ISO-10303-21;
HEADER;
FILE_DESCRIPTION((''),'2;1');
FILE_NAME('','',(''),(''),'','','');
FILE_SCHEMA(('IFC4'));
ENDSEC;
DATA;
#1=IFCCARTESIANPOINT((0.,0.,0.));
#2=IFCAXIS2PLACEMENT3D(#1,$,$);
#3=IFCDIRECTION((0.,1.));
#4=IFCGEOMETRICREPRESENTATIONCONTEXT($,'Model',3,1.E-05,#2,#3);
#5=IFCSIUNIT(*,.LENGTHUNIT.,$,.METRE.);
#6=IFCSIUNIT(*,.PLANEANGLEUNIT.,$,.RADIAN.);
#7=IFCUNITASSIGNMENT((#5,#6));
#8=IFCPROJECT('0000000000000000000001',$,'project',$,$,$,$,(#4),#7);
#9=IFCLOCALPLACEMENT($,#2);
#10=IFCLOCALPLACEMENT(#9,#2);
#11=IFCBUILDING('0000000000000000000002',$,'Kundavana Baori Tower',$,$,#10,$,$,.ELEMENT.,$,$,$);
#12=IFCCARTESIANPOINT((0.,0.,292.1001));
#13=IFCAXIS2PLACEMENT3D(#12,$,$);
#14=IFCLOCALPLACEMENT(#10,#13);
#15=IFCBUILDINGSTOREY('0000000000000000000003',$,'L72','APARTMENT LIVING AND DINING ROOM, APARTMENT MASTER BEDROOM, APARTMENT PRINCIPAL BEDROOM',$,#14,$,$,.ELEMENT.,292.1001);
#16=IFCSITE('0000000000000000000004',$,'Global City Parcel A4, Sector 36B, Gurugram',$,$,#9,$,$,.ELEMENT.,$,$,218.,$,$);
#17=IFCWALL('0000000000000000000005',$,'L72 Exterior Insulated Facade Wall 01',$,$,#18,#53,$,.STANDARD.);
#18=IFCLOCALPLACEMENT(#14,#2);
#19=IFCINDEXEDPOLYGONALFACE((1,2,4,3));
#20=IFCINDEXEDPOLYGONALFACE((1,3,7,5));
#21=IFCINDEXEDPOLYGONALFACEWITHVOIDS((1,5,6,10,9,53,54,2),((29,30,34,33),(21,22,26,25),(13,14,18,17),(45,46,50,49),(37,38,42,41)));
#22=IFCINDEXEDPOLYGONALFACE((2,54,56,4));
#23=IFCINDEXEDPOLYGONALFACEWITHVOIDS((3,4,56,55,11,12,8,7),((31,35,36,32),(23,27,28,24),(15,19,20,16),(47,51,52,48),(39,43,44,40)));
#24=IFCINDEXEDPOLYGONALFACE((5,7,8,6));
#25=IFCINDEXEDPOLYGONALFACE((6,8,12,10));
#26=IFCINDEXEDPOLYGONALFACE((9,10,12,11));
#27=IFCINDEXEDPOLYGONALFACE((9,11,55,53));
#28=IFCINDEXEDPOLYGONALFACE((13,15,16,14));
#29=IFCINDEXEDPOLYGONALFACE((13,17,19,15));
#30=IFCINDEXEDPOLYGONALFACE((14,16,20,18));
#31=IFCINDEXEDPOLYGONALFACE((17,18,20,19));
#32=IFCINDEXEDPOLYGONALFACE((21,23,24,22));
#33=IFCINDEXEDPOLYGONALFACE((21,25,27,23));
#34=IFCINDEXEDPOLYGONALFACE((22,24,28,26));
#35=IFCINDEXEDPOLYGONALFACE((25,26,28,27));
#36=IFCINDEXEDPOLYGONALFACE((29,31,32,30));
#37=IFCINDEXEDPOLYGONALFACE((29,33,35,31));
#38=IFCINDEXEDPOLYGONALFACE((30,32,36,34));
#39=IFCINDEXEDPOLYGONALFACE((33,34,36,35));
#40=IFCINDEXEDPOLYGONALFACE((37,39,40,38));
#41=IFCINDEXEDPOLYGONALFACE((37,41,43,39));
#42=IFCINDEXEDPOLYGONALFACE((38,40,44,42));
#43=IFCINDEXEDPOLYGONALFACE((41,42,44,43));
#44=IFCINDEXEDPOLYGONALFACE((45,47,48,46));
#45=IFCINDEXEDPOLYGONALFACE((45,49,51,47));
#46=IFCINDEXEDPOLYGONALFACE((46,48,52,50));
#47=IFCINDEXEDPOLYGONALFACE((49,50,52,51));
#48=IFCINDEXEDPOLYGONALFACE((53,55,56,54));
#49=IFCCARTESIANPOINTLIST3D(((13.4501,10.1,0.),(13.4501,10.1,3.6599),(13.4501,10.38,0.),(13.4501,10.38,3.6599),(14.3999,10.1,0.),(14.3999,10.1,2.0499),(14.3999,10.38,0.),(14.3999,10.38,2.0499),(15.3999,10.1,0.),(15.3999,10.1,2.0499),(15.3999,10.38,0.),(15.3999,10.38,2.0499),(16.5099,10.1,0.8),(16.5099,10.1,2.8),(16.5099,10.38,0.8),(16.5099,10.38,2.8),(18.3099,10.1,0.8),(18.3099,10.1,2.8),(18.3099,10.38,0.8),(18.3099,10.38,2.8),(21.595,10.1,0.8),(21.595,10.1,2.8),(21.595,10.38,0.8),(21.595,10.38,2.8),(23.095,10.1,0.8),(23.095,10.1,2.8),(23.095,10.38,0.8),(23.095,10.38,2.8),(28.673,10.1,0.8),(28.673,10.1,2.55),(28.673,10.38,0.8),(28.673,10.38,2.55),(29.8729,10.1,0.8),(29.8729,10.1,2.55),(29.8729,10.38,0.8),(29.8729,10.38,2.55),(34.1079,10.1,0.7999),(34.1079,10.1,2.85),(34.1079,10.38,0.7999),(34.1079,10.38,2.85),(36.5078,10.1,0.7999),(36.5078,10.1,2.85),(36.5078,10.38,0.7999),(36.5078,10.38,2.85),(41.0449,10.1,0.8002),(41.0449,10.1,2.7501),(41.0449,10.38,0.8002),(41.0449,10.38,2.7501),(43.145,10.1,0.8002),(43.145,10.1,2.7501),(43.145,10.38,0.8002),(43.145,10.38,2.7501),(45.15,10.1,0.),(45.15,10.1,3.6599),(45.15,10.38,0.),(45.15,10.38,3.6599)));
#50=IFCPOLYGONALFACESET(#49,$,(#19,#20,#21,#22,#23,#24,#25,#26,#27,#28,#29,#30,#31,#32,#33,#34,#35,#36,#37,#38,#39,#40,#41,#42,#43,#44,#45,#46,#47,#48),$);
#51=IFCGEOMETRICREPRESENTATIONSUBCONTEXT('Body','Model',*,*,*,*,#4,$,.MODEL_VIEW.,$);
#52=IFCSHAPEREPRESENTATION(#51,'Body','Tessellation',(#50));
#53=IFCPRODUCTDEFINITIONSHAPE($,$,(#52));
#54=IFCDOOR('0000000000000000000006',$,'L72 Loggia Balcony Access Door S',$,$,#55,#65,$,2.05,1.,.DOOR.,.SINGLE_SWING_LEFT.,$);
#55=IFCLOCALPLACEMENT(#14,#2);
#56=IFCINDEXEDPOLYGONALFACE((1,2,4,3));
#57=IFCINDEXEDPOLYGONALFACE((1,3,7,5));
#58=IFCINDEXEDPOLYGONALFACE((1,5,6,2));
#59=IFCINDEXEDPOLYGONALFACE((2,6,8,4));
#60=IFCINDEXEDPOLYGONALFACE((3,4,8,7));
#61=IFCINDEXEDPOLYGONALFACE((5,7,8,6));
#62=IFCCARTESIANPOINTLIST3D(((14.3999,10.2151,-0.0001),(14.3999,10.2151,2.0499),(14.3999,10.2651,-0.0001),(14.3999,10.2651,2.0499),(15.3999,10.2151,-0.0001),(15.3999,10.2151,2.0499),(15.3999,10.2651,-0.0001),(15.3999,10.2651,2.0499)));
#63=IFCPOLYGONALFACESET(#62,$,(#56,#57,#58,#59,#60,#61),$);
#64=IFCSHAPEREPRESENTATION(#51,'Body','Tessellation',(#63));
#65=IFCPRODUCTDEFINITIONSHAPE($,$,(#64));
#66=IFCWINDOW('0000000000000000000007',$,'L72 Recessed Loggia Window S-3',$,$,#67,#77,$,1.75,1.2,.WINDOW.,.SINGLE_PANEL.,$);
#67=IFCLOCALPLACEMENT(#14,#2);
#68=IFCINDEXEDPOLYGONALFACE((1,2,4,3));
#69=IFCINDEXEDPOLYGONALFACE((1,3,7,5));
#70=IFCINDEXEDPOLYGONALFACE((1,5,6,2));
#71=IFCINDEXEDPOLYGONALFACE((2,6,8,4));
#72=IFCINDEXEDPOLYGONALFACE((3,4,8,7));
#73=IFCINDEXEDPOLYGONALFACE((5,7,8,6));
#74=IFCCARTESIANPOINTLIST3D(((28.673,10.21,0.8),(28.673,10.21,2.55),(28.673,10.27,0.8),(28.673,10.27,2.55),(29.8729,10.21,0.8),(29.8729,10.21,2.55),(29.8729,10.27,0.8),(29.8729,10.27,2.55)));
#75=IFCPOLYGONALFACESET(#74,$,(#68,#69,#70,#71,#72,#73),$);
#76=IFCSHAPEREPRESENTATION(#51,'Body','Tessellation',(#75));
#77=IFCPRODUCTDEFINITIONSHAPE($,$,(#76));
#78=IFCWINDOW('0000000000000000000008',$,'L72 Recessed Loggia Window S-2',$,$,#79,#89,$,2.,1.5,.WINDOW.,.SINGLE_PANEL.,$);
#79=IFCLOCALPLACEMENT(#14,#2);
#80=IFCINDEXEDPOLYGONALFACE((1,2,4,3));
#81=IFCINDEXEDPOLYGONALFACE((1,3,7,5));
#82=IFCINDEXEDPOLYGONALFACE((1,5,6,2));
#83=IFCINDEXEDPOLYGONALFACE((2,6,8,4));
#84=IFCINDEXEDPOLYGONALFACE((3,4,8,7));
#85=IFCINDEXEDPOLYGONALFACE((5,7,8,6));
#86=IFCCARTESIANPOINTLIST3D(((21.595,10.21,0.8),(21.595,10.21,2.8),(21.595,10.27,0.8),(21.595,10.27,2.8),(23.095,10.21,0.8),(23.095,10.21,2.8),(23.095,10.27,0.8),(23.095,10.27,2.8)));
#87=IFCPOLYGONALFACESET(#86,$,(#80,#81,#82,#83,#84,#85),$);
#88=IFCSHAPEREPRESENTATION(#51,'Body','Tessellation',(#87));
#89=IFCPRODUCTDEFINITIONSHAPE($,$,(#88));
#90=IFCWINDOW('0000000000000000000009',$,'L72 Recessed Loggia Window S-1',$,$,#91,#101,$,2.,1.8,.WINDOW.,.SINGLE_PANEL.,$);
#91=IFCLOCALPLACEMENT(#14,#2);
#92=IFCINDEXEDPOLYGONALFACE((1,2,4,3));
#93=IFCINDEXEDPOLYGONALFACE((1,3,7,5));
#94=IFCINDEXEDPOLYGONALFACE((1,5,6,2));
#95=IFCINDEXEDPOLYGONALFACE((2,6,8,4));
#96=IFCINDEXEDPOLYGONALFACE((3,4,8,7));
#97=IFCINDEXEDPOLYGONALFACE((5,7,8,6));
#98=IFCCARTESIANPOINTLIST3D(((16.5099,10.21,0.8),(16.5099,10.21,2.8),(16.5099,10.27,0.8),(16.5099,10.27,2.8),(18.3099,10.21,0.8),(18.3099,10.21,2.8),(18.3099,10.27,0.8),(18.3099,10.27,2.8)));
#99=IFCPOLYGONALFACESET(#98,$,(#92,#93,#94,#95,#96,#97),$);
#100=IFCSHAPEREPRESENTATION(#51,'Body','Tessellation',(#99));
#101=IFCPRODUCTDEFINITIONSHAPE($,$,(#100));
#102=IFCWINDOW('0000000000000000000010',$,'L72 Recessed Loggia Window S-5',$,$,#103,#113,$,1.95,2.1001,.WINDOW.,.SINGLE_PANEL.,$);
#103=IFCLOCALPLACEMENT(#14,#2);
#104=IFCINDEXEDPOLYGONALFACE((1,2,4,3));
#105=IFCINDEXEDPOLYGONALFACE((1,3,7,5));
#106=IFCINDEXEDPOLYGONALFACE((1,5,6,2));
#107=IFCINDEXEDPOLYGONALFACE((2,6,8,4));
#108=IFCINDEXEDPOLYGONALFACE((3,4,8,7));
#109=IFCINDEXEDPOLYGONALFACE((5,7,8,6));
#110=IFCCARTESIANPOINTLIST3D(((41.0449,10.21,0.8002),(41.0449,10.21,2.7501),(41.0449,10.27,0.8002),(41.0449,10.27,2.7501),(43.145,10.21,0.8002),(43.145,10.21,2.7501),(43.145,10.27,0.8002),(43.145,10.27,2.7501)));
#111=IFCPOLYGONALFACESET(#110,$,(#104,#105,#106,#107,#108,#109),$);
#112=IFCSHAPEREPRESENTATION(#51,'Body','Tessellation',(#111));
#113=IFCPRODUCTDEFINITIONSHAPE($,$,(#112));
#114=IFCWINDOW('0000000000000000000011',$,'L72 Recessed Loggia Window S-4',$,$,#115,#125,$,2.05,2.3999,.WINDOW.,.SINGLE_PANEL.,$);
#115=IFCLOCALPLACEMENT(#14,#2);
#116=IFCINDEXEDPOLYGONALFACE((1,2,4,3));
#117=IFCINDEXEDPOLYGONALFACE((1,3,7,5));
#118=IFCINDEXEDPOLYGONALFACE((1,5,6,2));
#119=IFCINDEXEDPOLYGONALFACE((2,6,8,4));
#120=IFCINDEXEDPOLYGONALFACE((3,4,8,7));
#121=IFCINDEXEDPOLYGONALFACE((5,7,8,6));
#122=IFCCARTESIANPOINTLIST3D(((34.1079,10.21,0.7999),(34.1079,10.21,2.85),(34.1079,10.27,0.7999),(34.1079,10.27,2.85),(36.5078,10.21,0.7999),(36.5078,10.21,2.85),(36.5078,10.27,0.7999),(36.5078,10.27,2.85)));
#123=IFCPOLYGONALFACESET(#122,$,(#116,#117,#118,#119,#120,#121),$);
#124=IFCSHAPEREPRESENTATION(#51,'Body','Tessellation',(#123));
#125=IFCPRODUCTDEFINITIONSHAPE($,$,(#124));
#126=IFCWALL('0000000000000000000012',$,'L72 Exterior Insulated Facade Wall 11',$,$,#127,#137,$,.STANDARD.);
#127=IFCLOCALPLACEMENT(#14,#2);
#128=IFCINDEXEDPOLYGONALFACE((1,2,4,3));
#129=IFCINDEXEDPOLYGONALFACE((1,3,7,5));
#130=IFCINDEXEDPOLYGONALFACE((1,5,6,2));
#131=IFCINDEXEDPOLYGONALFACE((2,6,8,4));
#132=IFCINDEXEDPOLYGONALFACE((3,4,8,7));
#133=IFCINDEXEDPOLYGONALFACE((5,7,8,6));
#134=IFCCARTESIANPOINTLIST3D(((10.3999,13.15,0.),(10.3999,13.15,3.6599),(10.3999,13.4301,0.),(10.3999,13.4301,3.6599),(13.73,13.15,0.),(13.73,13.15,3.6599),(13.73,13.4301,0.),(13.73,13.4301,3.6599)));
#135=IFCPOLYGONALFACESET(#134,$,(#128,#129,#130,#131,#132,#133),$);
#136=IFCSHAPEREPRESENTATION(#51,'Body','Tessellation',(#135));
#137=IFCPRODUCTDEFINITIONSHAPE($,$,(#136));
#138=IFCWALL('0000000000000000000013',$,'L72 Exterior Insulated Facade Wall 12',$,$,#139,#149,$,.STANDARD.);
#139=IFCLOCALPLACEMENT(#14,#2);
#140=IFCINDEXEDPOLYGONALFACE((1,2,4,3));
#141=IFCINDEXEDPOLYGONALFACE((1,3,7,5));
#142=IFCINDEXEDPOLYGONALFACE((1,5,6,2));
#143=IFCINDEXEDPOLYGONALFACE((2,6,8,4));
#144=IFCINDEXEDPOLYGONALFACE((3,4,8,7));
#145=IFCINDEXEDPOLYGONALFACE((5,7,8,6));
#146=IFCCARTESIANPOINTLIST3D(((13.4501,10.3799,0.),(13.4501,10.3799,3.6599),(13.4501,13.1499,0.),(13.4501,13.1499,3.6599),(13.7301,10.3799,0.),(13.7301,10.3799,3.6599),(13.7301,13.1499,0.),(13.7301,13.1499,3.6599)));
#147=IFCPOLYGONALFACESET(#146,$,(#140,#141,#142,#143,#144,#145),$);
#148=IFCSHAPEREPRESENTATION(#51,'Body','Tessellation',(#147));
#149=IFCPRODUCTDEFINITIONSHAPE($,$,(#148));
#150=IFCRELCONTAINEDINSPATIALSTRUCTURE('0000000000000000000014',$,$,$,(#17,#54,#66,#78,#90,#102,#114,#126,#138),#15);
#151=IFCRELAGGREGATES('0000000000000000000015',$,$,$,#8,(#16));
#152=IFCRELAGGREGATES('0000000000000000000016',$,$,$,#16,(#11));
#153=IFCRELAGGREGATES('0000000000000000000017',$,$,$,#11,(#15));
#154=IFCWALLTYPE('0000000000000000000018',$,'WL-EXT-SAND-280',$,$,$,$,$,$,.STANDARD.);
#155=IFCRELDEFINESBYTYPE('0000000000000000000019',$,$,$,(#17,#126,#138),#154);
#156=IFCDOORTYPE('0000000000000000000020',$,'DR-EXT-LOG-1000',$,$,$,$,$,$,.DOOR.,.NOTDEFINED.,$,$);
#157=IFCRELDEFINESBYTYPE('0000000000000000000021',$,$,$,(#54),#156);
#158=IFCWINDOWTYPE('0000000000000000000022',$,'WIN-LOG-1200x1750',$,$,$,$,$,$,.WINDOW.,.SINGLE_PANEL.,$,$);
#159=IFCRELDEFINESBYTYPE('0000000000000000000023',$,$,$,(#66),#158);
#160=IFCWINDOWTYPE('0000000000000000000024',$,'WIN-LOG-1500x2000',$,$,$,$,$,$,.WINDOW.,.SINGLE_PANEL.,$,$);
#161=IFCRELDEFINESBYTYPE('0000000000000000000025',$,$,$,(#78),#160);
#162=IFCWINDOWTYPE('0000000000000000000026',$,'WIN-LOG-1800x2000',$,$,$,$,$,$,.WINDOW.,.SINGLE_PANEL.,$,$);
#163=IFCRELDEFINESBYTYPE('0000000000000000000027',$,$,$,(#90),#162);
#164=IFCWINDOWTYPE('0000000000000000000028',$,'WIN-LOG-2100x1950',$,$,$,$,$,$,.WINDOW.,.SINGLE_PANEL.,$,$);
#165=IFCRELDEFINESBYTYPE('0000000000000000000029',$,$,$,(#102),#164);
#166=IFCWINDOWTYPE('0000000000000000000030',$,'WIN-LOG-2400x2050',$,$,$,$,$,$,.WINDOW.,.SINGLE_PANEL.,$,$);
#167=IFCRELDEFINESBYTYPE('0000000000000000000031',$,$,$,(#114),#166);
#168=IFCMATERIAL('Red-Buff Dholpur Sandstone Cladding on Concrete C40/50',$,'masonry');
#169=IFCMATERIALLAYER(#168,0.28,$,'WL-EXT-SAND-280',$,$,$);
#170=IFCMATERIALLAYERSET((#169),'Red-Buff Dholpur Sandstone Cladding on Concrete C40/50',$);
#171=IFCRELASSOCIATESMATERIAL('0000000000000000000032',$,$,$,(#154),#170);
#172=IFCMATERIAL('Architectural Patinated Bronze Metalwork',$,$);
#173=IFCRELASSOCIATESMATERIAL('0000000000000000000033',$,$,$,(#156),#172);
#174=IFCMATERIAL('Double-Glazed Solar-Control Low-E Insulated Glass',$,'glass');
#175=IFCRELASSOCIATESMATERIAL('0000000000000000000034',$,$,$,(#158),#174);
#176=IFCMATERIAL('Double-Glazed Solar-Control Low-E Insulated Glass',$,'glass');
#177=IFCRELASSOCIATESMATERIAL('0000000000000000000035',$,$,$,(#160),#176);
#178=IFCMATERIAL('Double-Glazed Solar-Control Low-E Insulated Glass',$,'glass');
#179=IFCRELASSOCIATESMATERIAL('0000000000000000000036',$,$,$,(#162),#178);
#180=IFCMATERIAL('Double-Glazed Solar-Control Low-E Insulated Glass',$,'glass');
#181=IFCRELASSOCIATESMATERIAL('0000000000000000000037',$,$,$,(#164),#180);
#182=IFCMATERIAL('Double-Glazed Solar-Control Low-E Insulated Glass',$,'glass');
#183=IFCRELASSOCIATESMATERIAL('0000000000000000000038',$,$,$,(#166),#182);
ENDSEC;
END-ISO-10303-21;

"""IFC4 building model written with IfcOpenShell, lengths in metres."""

from ifc_helpers import new_model, si_unit, direction, frame, frame_2d, origin, place, context, subcontext, project, spatial, rectangle, extrude, material, layer, layer_set, type_object, element, fill, save


model = new_model("IFC4")

# Units and contexts
model_context = context("Model", 3, precision=1e-05, world=origin(), true_north=direction((0.0, 1.0)))
body_context = subcontext(model_context, "Body", "Model", "MODEL_VIEW")
ifc_project = project(units=[si_unit("LENGTHUNIT", "METRE"), si_unit("PLANEANGLEUNIT", "RADIAN")], contexts=[model_context])

# Site, building, storey
site_placement = place(None, origin())
site = spatial("IfcSite", under=ifc_project, at=site_placement, Name="Global City Parcel A4, Sector 36B, Gurugram", CompositionType="ELEMENT", RefElevation=218.0)
building_placement = place(site_placement, origin())
building = spatial("IfcBuilding", under=site, at=building_placement, Name="Kundavana Baori Tower", CompositionType="ELEMENT")
storey_placement = place(building_placement, frame((0.0, 0.0, 292.1001)))
storey = spatial("IfcBuildingStorey", under=building, at=storey_placement, Name="L72", Description="APARTMENT LIVING AND DINING ROOM, APARTMENT MASTER BEDROOM, APARTMENT PRINCIPAL BEDROOM", CompositionType="ELEMENT", Elevation=292.1001)

# Wall, openings, door, windows
ifc_material_1 = material(Name="Red-Buff Dholpur Sandstone Cladding on Concrete C40/50", Category="masonry")
ifc_layer_1 = layer(ifc_material_1, 0.28, Name="WL-EXT-SAND-280")
ifc_layer_set_1 = layer_set([ifc_layer_1], Name="Red-Buff Dholpur Sandstone Cladding on Concrete C40/50")
wall_type_1 = type_object("IfcWallType", Name="WL-EXT-SAND-280", PredefinedType="STANDARD", material=ifc_layer_set_1)
wall_1_placement = place(storey_placement, frame((13.45, 10.24, 0.0), z_axis=(0.0, 0.0, 1.0), x_axis=(1.0, 0.0, 0.0)))
wall_1 = element("IfcWall", 1, at=wall_1_placement, inside=storey, type_object=wall_type_1, Name="L72 Exterior Insulated Facade Wall 01", PredefinedType="STANDARD", context=body_context, shape_type="SweptSolid", body=[
    extrude(rectangle(XDim=31.7, YDim=0.28, at=frame_2d((15.8501, 0.0))), origin(), (0.0, 0.0, 1.0), 3.6599),
])
opening_1_placement = place(wall_1_placement, frame((0.95, 0.0, 0.0)))
opening_1 = element("IfcOpeningElement", 2, at=opening_1_placement, cuts=wall_1, PredefinedType="OPENING", context=body_context, shape_type="SweptSolid", body=[
    extrude(rectangle(XDim=1.0, YDim=2.05, at=frame_2d((0.5, 1.0249))), frame((0.0, 0.1499, 0.0), z_axis=(0.0, -1.0, 0.0), x_axis=(1.0, 0.0, 0.0)), (0.0, 0.0, 1.0), 0.3),
])
opening_2_placement = place(wall_1_placement, frame((3.0601, 0.0, 0.8)))
opening_2 = element("IfcOpeningElement", 3, at=opening_2_placement, cuts=wall_1, PredefinedType="OPENING", context=body_context, shape_type="SweptSolid", body=[
    extrude(rectangle(XDim=1.8, YDim=2.0, at=frame_2d((0.8999, 1.0))), frame((0.0, 0.1499, 0.0), z_axis=(0.0, -1.0, 0.0), x_axis=(1.0, 0.0, 0.0)), (0.0, 0.0, 1.0), 0.3),
])
opening_3_placement = place(wall_1_placement, frame((8.145, 0.0, 0.8)))
opening_3 = element("IfcOpeningElement", 4, at=opening_3_placement, cuts=wall_1, PredefinedType="OPENING", context=body_context, shape_type="SweptSolid", body=[
    extrude(rectangle(XDim=1.5, YDim=2.0, at=frame_2d((0.75, 1.0))), frame((0.0, 0.1499, 0.0), z_axis=(0.0, -1.0, 0.0), x_axis=(1.0, 0.0, 0.0)), (0.0, 0.0, 1.0), 0.3),
])
opening_4_placement = place(wall_1_placement, frame((15.2229, 0.0, 0.8)))
opening_4 = element("IfcOpeningElement", 5, at=opening_4_placement, cuts=wall_1, PredefinedType="OPENING", context=body_context, shape_type="SweptSolid", body=[
    extrude(rectangle(XDim=1.2, YDim=1.75, at=frame_2d((0.6001, 0.875))), frame((0.0, 0.1499, 0.0), z_axis=(0.0, -1.0, 0.0), x_axis=(1.0, 0.0, 0.0)), (0.0, 0.0, 1.0), 0.3),
])
opening_5_placement = place(wall_1_placement, frame((20.658, 0.0, 0.8)))
opening_5 = element("IfcOpeningElement", 6, at=opening_5_placement, cuts=wall_1, PredefinedType="OPENING", context=body_context, shape_type="SweptSolid", body=[
    extrude(rectangle(XDim=2.3999, YDim=2.05, at=frame_2d((1.2, 1.0249))), frame((0.0, 0.1499, 0.0), z_axis=(0.0, -1.0, 0.0), x_axis=(1.0, 0.0, 0.0)), (0.0, 0.0, 1.0), 0.3),
])
opening_6_placement = place(wall_1_placement, frame((27.595, 0.0, 0.8)))
opening_6 = element("IfcOpeningElement", 7, at=opening_6_placement, cuts=wall_1, PredefinedType="OPENING", context=body_context, shape_type="SweptSolid", body=[
    extrude(rectangle(XDim=2.1001, YDim=1.95, at=frame_2d((1.05, 0.9751))), frame((0.0, 0.1499, 0.0), z_axis=(0.0, -1.0, 0.0), x_axis=(1.0, 0.0, 0.0)), (0.0, 0.0, 1.0), 0.3),
])
ifc_material_2 = material(Name="Architectural Patinated Bronze Metalwork")
door_type_1 = type_object("IfcDoorType", Name="DR-EXT-LOG-1000", OperationType="NOTDEFINED", PredefinedType="DOOR", material=ifc_material_2)
door_1_placement = place(opening_1_placement, frame((1.0, 0.0, 0.0), z_axis=(0.0, 0.0, 1.0), x_axis=(-1.0, 0.0, 0.0)))
door_1 = element("IfcDoor", 8, at=door_1_placement, inside=storey, type_object=door_type_1, Name="L72 Loggia Balcony Access Door S", OperationType="SINGLE_SWING_LEFT", OverallHeight=2.05, OverallWidth=1.0, PredefinedType="DOOR", context=body_context, shape_type="SweptSolid", body=[
    extrude(rectangle(XDim=1.0, YDim=2.05, at=frame_2d((0.5, 1.0249))), frame((0.0, 0.0249, 0.0), z_axis=(0.0, -1.0, 0.0), x_axis=(1.0, 0.0, 0.0)), (0.0, 0.0, 1.0), 0.05),
])
fill(opening_1, door_1)
ifc_material_3 = material(Name="Double-Glazed Solar-Control Low-E Insulated Glass", Category="glass")
window_type_1 = type_object("IfcWindowType", Name="WIN-LOG-1200x1750", PartitioningType="SINGLE_PANEL", PredefinedType="WINDOW", material=ifc_material_3)
window_1_placement = place(opening_4_placement, origin())
window_1 = element("IfcWindow", 9, at=window_1_placement, inside=storey, type_object=window_type_1, Name="L72 Recessed Loggia Window S-3", OverallHeight=1.75, OverallWidth=1.2, PartitioningType="SINGLE_PANEL", PredefinedType="WINDOW", context=body_context, shape_type="SweptSolid", body=[
    extrude(rectangle(XDim=1.2, YDim=1.75, at=frame_2d((0.6001, 0.875))), frame((0.0, 0.03, 0.0), z_axis=(0.0, -1.0, 0.0), x_axis=(1.0, 0.0, 0.0)), (0.0, 0.0, 1.0), 0.0601),
])
fill(opening_4, window_1)
ifc_material_4 = material(Name="Double-Glazed Solar-Control Low-E Insulated Glass", Category="glass")
window_type_2 = type_object("IfcWindowType", Name="WIN-LOG-1500x2000", PartitioningType="SINGLE_PANEL", PredefinedType="WINDOW", material=ifc_material_4)
window_2_placement = place(opening_3_placement, origin())
window_2 = element("IfcWindow", 10, at=window_2_placement, inside=storey, type_object=window_type_2, Name="L72 Recessed Loggia Window S-2", OverallHeight=2.0, OverallWidth=1.5, PartitioningType="SINGLE_PANEL", PredefinedType="WINDOW", context=body_context, shape_type="SweptSolid", body=[
    extrude(rectangle(XDim=1.5, YDim=2.0, at=frame_2d((0.75, 1.0))), frame((0.0, 0.03, 0.0), z_axis=(0.0, -1.0, 0.0), x_axis=(1.0, 0.0, 0.0)), (0.0, 0.0, 1.0), 0.0601),
])
fill(opening_3, window_2)
ifc_material_5 = material(Name="Double-Glazed Solar-Control Low-E Insulated Glass", Category="glass")
window_type_3 = type_object("IfcWindowType", Name="WIN-LOG-1800x2000", PartitioningType="SINGLE_PANEL", PredefinedType="WINDOW", material=ifc_material_5)
window_3_placement = place(opening_2_placement, origin())
window_3 = element("IfcWindow", 11, at=window_3_placement, inside=storey, type_object=window_type_3, Name="L72 Recessed Loggia Window S-1", OverallHeight=2.0, OverallWidth=1.8, PartitioningType="SINGLE_PANEL", PredefinedType="WINDOW", context=body_context, shape_type="SweptSolid", body=[
    extrude(rectangle(XDim=1.8, YDim=2.0, at=frame_2d((0.8999, 1.0))), frame((0.0, 0.03, 0.0), z_axis=(0.0, -1.0, 0.0), x_axis=(1.0, 0.0, 0.0)), (0.0, 0.0, 1.0), 0.0601),
])
fill(opening_2, window_3)
ifc_material_6 = material(Name="Double-Glazed Solar-Control Low-E Insulated Glass", Category="glass")
window_type_4 = type_object("IfcWindowType", Name="WIN-LOG-2100x1950", PartitioningType="SINGLE_PANEL", PredefinedType="WINDOW", material=ifc_material_6)
window_4_placement = place(opening_6_placement, origin())
window_4 = element("IfcWindow", 12, at=window_4_placement, inside=storey, type_object=window_type_4, Name="L72 Recessed Loggia Window S-5", OverallHeight=1.95, OverallWidth=2.1001, PartitioningType="SINGLE_PANEL", PredefinedType="WINDOW", context=body_context, shape_type="SweptSolid", body=[
    extrude(rectangle(XDim=2.1001, YDim=1.95, at=frame_2d((1.05, 0.9751))), frame((0.0, 0.03, 0.0), z_axis=(0.0, -1.0, 0.0), x_axis=(1.0, 0.0, 0.0)), (0.0, 0.0, 1.0), 0.0601),
])
fill(opening_6, window_4)
ifc_material_7 = material(Name="Double-Glazed Solar-Control Low-E Insulated Glass", Category="glass")
window_type_5 = type_object("IfcWindowType", Name="WIN-LOG-2400x2050", PartitioningType="SINGLE_PANEL", PredefinedType="WINDOW", material=ifc_material_7)
window_5_placement = place(opening_5_placement, origin())
window_5 = element("IfcWindow", 13, at=window_5_placement, inside=storey, type_object=window_type_5, Name="L72 Recessed Loggia Window S-4", OverallHeight=2.05, OverallWidth=2.3999, PartitioningType="SINGLE_PANEL", PredefinedType="WINDOW", context=body_context, shape_type="SweptSolid", body=[
    extrude(rectangle(XDim=2.3999, YDim=2.05, at=frame_2d((1.2, 1.0249))), frame((0.0, 0.03, 0.0), z_axis=(0.0, -1.0, 0.0), x_axis=(1.0, 0.0, 0.0)), (0.0, 0.0, 1.0), 0.0601),
])
fill(opening_5, window_5)

# Walls
wall_2_placement = place(storey_placement, frame((10.3999, 13.29, 0.0), z_axis=(0.0, 0.0, 1.0), x_axis=(1.0, 0.0, 0.0)))
element("IfcWall", 14, at=wall_2_placement, inside=storey, type_object=wall_type_1, Name="L72 Exterior Insulated Facade Wall 11", PredefinedType="STANDARD", context=body_context, shape_type="SweptSolid", body=[
    extrude(rectangle(XDim=3.3301, YDim=0.28, at=frame_2d((1.665, 0.0))), origin(), (0.0, 0.0, 1.0), 3.6599),
])
wall_3_placement = place(storey_placement, frame((13.5901, 13.1499, 0.0), z_axis=(0.0, 0.0, 1.0), x_axis=(0.0, -1.0, 0.0)))
element("IfcWall", 15, at=wall_3_placement, inside=storey, type_object=wall_type_1, Name="L72 Exterior Insulated Facade Wall 12", PredefinedType="STANDARD", context=body_context, shape_type="SweptSolid", body=[
    extrude(rectangle(XDim=2.77, YDim=0.28, at=frame_2d((1.385, 0.0))), origin(), (0.0, 0.0, 1.0), 3.6599),
])

save(model, "model.ifc")
